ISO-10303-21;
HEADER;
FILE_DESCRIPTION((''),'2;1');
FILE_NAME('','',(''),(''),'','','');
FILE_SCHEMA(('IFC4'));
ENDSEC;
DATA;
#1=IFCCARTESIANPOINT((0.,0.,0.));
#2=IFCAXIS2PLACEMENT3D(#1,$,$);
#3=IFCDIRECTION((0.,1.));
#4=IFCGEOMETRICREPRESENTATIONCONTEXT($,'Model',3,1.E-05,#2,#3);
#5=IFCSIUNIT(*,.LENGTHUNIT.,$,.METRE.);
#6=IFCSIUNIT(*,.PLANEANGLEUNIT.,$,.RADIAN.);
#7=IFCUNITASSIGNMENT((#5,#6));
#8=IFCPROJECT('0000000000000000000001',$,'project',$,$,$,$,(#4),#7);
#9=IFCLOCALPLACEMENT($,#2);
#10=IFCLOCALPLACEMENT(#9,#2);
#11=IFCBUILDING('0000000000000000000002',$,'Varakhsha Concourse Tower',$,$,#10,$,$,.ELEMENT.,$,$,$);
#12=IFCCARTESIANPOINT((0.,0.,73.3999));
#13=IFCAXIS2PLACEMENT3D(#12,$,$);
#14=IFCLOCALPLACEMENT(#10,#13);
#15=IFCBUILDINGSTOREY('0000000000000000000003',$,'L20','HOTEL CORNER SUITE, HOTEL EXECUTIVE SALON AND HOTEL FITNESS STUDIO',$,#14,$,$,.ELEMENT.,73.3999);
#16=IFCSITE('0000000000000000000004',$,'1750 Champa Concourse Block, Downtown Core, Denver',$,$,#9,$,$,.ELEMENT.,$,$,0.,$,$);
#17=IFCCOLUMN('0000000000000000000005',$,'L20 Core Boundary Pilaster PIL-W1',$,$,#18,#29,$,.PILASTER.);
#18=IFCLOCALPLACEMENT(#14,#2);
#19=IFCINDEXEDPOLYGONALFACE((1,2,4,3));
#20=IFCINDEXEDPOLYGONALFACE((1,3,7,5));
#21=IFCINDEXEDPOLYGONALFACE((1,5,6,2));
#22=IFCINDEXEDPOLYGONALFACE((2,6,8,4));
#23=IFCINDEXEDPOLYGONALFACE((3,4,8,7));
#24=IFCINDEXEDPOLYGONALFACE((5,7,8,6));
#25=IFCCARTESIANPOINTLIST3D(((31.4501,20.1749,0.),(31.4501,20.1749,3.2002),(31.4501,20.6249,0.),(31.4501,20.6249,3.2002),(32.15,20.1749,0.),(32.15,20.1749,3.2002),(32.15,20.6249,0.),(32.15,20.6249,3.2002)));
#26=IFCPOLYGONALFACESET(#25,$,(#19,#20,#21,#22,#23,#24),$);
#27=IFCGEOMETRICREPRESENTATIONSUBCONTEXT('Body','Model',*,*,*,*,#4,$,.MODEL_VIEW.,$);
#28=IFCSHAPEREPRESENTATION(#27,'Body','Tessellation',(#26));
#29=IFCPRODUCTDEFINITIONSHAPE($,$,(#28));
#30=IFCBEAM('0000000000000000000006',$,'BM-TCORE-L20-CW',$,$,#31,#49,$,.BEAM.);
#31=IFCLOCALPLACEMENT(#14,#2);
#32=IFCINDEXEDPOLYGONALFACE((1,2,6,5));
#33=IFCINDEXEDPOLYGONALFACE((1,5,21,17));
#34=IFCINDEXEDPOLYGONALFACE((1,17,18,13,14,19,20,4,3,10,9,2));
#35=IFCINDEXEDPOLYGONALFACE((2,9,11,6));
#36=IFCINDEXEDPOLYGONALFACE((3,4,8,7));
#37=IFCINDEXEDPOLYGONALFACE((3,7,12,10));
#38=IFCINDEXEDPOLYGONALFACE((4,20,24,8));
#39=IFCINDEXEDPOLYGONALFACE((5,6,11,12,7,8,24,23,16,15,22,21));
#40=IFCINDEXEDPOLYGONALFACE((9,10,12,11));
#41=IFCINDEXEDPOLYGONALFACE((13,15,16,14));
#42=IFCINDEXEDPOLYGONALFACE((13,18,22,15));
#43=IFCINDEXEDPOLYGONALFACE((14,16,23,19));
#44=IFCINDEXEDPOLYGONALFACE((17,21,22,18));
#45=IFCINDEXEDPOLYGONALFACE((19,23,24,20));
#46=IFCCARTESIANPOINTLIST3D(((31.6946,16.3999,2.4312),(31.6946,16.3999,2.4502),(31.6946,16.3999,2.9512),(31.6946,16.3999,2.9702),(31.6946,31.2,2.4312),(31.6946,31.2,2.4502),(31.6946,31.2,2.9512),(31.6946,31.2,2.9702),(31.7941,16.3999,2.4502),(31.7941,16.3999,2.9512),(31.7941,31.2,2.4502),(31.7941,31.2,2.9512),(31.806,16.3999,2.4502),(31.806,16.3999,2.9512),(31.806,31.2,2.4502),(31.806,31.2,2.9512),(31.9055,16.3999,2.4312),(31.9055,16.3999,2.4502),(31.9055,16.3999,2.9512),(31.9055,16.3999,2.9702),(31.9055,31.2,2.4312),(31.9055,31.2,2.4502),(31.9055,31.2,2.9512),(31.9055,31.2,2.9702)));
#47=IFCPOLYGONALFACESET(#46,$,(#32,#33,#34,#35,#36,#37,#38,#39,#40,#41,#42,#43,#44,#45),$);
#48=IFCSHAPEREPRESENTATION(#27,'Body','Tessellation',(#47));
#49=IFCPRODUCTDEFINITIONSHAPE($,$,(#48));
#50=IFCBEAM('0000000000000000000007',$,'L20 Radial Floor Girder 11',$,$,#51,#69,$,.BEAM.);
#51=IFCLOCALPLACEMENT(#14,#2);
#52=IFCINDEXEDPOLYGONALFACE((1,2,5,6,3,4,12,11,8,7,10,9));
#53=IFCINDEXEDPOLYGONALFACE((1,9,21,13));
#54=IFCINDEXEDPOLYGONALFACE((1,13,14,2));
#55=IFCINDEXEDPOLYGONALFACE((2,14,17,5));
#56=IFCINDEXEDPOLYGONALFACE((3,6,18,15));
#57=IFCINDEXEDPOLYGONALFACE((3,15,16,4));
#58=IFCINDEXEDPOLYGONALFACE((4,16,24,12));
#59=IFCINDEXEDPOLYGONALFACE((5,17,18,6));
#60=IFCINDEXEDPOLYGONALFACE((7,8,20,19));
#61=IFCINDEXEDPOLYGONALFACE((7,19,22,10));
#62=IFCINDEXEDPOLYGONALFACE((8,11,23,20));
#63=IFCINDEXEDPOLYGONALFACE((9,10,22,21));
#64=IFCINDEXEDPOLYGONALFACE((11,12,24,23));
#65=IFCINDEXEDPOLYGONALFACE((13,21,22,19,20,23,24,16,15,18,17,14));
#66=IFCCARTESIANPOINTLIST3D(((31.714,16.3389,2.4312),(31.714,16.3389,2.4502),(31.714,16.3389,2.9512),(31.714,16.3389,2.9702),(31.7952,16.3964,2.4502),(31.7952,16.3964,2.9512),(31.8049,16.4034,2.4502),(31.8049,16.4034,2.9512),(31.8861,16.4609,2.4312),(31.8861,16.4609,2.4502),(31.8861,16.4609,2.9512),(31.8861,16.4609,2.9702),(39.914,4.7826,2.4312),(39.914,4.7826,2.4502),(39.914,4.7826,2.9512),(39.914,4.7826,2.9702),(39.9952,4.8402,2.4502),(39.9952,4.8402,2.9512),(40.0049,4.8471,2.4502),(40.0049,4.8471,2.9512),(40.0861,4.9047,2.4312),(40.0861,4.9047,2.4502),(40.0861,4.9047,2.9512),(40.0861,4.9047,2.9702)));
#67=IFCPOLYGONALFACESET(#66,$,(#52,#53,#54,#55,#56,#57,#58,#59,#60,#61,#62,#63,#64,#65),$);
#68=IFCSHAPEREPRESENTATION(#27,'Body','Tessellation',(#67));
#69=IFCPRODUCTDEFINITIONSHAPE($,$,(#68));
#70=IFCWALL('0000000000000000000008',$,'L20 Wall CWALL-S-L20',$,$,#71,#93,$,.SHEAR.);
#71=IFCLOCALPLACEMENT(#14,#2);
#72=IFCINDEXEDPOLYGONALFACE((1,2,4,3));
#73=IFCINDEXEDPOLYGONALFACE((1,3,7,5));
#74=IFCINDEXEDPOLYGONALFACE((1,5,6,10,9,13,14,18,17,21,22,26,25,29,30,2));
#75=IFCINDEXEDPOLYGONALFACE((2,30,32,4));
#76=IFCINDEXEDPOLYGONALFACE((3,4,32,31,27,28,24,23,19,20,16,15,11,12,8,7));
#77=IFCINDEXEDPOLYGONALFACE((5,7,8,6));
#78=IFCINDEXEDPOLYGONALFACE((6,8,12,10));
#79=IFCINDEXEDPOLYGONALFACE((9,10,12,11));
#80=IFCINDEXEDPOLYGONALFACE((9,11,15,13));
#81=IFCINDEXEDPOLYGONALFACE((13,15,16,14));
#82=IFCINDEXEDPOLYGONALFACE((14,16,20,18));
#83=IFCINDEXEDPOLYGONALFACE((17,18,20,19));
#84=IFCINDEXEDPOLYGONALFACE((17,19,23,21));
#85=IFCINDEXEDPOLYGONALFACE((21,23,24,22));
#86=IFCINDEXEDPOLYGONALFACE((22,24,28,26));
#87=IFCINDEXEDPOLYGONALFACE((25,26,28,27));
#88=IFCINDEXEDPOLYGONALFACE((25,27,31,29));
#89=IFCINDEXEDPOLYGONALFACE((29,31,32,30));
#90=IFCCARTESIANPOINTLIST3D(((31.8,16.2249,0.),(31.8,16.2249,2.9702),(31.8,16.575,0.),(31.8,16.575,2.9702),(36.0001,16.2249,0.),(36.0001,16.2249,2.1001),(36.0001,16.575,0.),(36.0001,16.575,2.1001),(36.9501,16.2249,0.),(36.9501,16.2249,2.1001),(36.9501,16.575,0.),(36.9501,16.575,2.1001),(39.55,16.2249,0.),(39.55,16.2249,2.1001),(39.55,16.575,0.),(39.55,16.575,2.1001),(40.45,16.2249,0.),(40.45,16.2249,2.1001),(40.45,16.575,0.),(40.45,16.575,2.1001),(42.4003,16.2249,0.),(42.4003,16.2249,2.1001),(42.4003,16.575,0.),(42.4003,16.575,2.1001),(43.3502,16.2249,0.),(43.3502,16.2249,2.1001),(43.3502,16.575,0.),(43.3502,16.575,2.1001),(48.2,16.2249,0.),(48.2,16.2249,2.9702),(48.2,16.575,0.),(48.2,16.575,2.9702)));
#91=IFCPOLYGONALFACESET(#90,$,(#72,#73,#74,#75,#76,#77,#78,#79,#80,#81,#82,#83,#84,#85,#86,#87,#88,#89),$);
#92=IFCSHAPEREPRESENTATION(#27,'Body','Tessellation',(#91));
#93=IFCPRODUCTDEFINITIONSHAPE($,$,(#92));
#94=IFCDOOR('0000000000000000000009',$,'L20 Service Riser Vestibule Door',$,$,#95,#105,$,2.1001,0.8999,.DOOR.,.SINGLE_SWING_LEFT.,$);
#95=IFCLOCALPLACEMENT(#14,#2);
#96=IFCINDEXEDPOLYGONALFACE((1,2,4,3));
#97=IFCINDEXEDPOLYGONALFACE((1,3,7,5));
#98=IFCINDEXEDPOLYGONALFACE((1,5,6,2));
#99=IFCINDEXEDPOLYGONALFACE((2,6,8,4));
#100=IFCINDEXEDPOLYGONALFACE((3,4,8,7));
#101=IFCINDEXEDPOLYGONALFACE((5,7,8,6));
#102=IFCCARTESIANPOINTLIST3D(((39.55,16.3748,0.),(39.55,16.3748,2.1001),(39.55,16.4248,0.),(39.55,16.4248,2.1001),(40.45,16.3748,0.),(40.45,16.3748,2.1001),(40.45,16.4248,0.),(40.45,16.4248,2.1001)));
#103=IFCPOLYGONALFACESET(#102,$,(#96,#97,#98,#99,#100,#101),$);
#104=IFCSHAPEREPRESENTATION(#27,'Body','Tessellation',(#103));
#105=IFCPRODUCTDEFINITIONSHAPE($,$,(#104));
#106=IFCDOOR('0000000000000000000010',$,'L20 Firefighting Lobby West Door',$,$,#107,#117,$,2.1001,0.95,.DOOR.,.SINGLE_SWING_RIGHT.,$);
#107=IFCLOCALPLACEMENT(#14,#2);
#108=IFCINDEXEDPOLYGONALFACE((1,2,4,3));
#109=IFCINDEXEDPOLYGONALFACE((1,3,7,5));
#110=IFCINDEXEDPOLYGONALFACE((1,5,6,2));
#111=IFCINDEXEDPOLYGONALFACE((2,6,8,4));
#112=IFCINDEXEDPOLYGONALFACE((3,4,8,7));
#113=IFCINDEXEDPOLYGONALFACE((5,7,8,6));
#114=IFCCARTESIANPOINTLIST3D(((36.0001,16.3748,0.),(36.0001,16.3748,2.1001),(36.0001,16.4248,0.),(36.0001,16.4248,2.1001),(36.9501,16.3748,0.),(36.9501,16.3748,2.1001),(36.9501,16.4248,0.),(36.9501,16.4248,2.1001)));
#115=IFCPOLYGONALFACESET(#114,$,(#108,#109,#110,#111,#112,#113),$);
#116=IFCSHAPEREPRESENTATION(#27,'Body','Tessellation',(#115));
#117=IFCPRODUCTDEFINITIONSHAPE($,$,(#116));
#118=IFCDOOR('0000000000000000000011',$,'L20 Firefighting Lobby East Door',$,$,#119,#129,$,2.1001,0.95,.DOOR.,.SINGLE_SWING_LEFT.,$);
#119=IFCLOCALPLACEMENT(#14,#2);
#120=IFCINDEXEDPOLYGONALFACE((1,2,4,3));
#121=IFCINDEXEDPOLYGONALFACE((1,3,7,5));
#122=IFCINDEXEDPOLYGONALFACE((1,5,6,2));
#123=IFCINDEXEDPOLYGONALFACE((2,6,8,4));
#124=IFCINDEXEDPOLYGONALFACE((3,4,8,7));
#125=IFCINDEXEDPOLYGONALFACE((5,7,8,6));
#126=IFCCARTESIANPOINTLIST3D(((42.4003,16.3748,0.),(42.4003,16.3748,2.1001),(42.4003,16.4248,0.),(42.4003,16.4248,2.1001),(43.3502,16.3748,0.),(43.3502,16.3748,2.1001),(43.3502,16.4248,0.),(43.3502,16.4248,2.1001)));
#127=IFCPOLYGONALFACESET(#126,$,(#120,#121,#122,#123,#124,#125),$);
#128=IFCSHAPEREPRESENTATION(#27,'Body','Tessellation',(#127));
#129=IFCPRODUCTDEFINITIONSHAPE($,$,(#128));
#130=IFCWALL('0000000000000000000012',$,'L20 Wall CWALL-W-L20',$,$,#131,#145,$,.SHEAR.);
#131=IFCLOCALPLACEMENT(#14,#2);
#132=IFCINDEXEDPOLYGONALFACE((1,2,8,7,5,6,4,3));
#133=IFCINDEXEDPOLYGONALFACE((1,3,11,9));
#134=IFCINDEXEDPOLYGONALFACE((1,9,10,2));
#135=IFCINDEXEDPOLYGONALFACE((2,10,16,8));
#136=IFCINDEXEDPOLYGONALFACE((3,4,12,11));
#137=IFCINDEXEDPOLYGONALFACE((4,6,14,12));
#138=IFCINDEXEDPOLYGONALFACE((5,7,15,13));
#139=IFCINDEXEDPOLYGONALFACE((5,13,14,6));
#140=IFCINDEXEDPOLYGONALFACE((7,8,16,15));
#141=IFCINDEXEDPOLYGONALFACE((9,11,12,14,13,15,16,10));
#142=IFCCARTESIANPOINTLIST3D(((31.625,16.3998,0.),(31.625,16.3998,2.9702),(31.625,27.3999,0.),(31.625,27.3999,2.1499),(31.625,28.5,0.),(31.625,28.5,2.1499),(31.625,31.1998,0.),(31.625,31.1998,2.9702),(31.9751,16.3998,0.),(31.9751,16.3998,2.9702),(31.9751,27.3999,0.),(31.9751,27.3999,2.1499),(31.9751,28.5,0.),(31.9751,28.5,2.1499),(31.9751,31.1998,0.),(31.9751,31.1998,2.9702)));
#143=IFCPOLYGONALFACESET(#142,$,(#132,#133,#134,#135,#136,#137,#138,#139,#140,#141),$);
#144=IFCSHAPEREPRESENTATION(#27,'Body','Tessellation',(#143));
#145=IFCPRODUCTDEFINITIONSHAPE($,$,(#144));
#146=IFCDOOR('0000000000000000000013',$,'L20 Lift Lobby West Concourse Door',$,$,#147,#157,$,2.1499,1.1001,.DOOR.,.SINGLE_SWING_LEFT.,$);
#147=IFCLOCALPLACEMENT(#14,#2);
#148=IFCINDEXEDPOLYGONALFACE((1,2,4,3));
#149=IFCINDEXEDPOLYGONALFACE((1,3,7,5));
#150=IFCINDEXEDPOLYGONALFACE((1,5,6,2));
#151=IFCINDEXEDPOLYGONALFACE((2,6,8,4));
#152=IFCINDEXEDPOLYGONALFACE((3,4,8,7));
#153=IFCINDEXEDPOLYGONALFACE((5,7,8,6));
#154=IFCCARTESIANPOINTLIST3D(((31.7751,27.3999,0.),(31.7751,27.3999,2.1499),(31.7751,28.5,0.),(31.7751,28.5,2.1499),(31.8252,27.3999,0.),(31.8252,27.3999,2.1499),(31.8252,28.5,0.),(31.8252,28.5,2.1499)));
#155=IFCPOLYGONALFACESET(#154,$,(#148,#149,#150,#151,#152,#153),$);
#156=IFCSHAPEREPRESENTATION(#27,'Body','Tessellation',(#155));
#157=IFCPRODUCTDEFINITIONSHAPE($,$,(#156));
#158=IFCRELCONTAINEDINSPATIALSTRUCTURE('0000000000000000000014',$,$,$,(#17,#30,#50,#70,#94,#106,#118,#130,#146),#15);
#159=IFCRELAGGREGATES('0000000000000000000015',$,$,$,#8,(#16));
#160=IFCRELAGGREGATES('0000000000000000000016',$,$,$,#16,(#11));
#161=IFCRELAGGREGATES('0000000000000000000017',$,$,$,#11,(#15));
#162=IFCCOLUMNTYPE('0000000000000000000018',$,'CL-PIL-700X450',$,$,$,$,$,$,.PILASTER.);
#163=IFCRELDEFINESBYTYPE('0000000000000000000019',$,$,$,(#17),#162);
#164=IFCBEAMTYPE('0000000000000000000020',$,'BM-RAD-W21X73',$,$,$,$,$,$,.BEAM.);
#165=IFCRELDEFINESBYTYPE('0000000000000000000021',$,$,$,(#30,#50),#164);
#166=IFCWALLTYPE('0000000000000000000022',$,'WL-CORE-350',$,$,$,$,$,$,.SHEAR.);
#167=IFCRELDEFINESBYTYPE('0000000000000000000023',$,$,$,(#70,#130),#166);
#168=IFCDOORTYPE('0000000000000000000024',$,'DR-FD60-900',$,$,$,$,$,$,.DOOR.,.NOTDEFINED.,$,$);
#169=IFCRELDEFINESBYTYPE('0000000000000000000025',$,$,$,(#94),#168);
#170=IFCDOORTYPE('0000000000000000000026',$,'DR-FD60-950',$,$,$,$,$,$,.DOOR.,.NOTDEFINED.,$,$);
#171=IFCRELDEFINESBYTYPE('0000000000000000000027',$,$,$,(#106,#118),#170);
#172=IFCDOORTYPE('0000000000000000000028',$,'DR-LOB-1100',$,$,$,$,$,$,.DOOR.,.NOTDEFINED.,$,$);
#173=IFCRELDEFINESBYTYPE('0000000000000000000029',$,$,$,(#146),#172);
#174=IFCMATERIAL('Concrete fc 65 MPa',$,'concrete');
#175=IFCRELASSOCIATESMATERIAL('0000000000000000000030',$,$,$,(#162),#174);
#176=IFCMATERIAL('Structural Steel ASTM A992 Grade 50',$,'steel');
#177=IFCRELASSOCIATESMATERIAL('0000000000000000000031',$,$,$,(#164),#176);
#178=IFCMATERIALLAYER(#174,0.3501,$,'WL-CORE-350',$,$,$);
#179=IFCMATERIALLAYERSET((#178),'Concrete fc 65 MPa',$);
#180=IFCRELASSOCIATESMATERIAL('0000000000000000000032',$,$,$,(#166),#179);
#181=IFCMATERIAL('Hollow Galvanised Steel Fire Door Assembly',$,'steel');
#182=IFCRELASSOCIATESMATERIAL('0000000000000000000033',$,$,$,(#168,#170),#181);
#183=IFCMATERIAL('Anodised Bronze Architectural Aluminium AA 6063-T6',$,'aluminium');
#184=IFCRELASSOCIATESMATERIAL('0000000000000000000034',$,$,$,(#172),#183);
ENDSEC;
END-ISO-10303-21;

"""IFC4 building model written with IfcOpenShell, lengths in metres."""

from ifc_helpers import new_model, si_unit, direction, frame, frame_2d, origin, origin_2d, place, context, subcontext, project, spatial, rectangle, i_section, extrude, material, layer, layer_set, material_profile, profile_set, type_object, element, fill, save


model = new_model("IFC4")

# Units and contexts
model_context = context("Model", 3, precision=1e-05, world=origin(), true_north=direction((0.0, 1.0)))
body_context = subcontext(model_context, "Body", "Model", "MODEL_VIEW")
ifc_project = project(units=[si_unit("LENGTHUNIT", "METRE"), si_unit("PLANEANGLEUNIT", "RADIAN")], contexts=[model_context])

# Site, building, storey
site_placement = place(None, origin())
site = spatial("IfcSite", under=ifc_project, at=site_placement, Name="1750 Champa Concourse Block, Downtown Core, Denver", CompositionType="ELEMENT", RefElevation=0.0)
building_placement = place(site_placement, origin())
building = spatial("IfcBuilding", under=site, at=building_placement, Name="Varakhsha Concourse Tower", CompositionType="ELEMENT")
storey_placement = place(building_placement, frame((0.0, 0.0, 73.3999)))
storey = spatial("IfcBuildingStorey", under=building, at=storey_placement, Name="L20", Description="HOTEL CORNER SUITE, HOTEL EXECUTIVE SALON AND HOTEL FITNESS STUDIO", CompositionType="ELEMENT", Elevation=73.3999)

# Column
ifc_material_1 = material(Name="Concrete fc 65 MPa", Category="concrete")
ifc_material_profile_1 = material_profile(ifc_material_1, rectangle(XDim=0.7, YDim=0.45, at=origin_2d()), Name="RC 700x450")
ifc_profile_set_1 = profile_set([ifc_material_profile_1], Name="Concrete fc 65 MPa")
column_type = type_object("IfcColumnType", Name="CL-PIL-700X450", PredefinedType="PILASTER", material=ifc_profile_set_1)
column_placement = place(storey_placement, frame((31.8, 20.3999, 0.0), z_axis=(0.0, 0.0, 1.0), x_axis=(1.0, 0.0, 0.0)))
element("IfcColumn", 1, at=column_placement, inside=storey, type_object=column_type, Name="L20 Core Boundary Pilaster PIL-W1", PredefinedType="PILASTER", context=body_context, shape_type="SweptSolid", body=[
    extrude(rectangle(XDim=0.7, YDim=0.45, at=origin_2d()), origin(), (0.0, 0.0, 1.0), 3.2002),
])

# Beams
ifc_material_2 = material(Name="Structural Steel ASTM A992 Grade 50", Category="steel")
ifc_material_profile_2 = material_profile(ifc_material_2, i_section(OverallWidth=0.2109, OverallDepth=0.5391, WebThickness=0.012, FlangeThickness=0.019, at=origin_2d()), Name="W21X73")
ifc_profile_set_2 = profile_set([ifc_material_profile_2], Name="Structural Steel ASTM A992 Grade 50")
beam_type = type_object("IfcBeamType", Name="BM-RAD-W21X73", PredefinedType="BEAM", material=ifc_profile_set_2)
beam_1_placement = place(storey_placement, frame((31.8, 16.3999, 2.7007), z_axis=(0.0, 1.0, 0.0), x_axis=(-1.0, 0.0, 0.0)))
element("IfcBeam", 2, at=beam_1_placement, inside=storey, type_object=beam_type, Name="BM-TCORE-L20-CW", PredefinedType="BEAM", context=body_context, shape_type="SweptSolid", body=[
    extrude(i_section(OverallWidth=0.2109, OverallDepth=0.5391, WebThickness=0.012, FlangeThickness=0.019, at=origin_2d()), origin(), (0.0, 0.0, 1.0), 14.8),
])
beam_2_placement = place(storey_placement, frame((31.8, 16.3999, 2.7007), z_axis=(0.578691, -0.815547, 0.0), x_axis=(0.815547, 0.578691, 0.0)))
element("IfcBeam", 3, at=beam_2_placement, inside=storey, type_object=beam_type, Name="L20 Radial Floor Girder 11", PredefinedType="BEAM", context=body_context, shape_type="SweptSolid", body=[
    extrude(i_section(OverallWidth=0.2109, OverallDepth=0.5391, WebThickness=0.012, FlangeThickness=0.019, at=origin_2d()), origin(), (0.0, 0.0, 1.0), 14.1699),
])

# Wall, openings, doors
ifc_layer_1 = layer(ifc_material_1, 0.3501, Name="WL-CORE-350")
ifc_layer_set_1 = layer_set([ifc_layer_1], Name="Concrete fc 65 MPa")
wall_type_1 = type_object("IfcWallType", Name="WL-CORE-350", PredefinedType="SHEAR", material=ifc_layer_set_1)
wall_1_placement = place(storey_placement, frame((31.8, 16.3999, 0.0), z_axis=(0.0, 0.0, 1.0), x_axis=(1.0, 0.0, 0.0)))
wall_1 = element("IfcWall", 4, at=wall_1_placement, inside=storey, type_object=wall_type_1, Name="L20 Wall CWALL-S-L20", PredefinedType="SHEAR", context=body_context, shape_type="SweptSolid", body=[
    extrude(rectangle(XDim=16.3999, YDim=0.3501, at=frame_2d((8.2, 0.0))), origin(), (0.0, 0.0, 1.0), 2.9702),
])
opening_1_placement = place(wall_1_placement, frame((7.75, 0.0, 0.0)))
opening_1 = element("IfcOpeningElement", 5, at=opening_1_placement, cuts=wall_1, PredefinedType="OPENING", context=body_context, shape_type="SweptSolid", body=[
    extrude(rectangle(XDim=0.8999, YDim=2.1001, at=frame_2d((0.45, 1.05))), frame((0.0, 0.1851, 0.0), z_axis=(0.0, -1.0, 0.0), x_axis=(1.0, 0.0, 0.0)), (0.0, 0.0, 1.0), 0.3701),
])
opening_2_placement = place(wall_1_placement, frame((4.2, 0.0, 0.0)))
opening_2 = element("IfcOpeningElement", 6, at=opening_2_placement, cuts=wall_1, PredefinedType="OPENING", context=body_context, shape_type="SweptSolid", body=[
    extrude(rectangle(XDim=0.95, YDim=2.1001, at=frame_2d((0.4751, 1.05))), frame((0.0, 0.1851, 0.0), z_axis=(0.0, -1.0, 0.0), x_axis=(1.0, 0.0, 0.0)), (0.0, 0.0, 1.0), 0.3701),
])
opening_3_placement = place(wall_1_placement, frame((10.6001, 0.0, 0.0)))
opening_3 = element("IfcOpeningElement", 7, at=opening_3_placement, cuts=wall_1, PredefinedType="OPENING", context=body_context, shape_type="SweptSolid", body=[
    extrude(rectangle(XDim=0.95, YDim=2.1001, at=frame_2d((0.4751, 1.05))), frame((0.0, 0.1851, 0.0), z_axis=(0.0, -1.0, 0.0), x_axis=(1.0, 0.0, 0.0)), (0.0, 0.0, 1.0), 0.3701),
])
ifc_material_3 = material(Name="Hollow Galvanised Steel Fire Door Assembly", Category="steel")
door_type_1 = type_object("IfcDoorType", Name="DR-FD60-900", OperationType="NOTDEFINED", PredefinedType="DOOR", material=ifc_material_3)
door_1_placement = place(opening_1_placement, origin())
door_1 = element("IfcDoor", 8, at=door_1_placement, inside=storey, type_object=door_type_1, Name="L20 Service Riser Vestibule Door", OperationType="SINGLE_SWING_LEFT", OverallHeight=2.1001, OverallWidth=0.8999, PredefinedType="DOOR", context=body_context, shape_type="SweptSolid", body=[
    extrude(rectangle(XDim=0.8999, YDim=2.1001, at=frame_2d((0.45, 1.05))), frame((0.0, 0.0249, 0.0), z_axis=(0.0, -1.0, 0.0), x_axis=(1.0, 0.0, 0.0)), (0.0, 0.0, 1.0), 0.05),
])
fill(opening_1, door_1)
door_type_2 = type_object("IfcDoorType", Name="DR-FD60-950", OperationType="NOTDEFINED", PredefinedType="DOOR", material=ifc_material_3)
door_2_placement = place(opening_2_placement, origin())
door_2 = element("IfcDoor", 9, at=door_2_placement, inside=storey, type_object=door_type_2, Name="L20 Firefighting Lobby West Door", OperationType="SINGLE_SWING_RIGHT", OverallHeight=2.1001, OverallWidth=0.95, PredefinedType="DOOR", context=body_context, shape_type="SweptSolid", body=[
    extrude(rectangle(XDim=0.95, YDim=2.1001, at=frame_2d((0.4751, 1.05))), frame((0.0, 0.0249, 0.0), z_axis=(0.0, -1.0, 0.0), x_axis=(1.0, 0.0, 0.0)), (0.0, 0.0, 1.0), 0.05),
])
fill(opening_2, door_2)
door_3_placement = place(opening_3_placement, origin())
door_3 = element("IfcDoor", 10, at=door_3_placement, inside=storey, type_object=door_type_2, Name="L20 Firefighting Lobby East Door", OperationType="SINGLE_SWING_LEFT", OverallHeight=2.1001, OverallWidth=0.95, PredefinedType="DOOR", context=body_context, shape_type="SweptSolid", body=[
    extrude(rectangle(XDim=0.95, YDim=2.1001, at=frame_2d((0.4751, 1.05))), frame((0.0, 0.0249, 0.0), z_axis=(0.0, -1.0, 0.0), x_axis=(1.0, 0.0, 0.0)), (0.0, 0.0, 1.0), 0.05),
])
fill(opening_3, door_3)

# Wall, opening, door
wall_2_placement = place(storey_placement, frame((31.8, 16.3999, 0.0), z_axis=(0.0, 0.0, 1.0), x_axis=(0.0, 1.0, 0.0)))
wall_2 = element("IfcWall", 11, at=wall_2_placement, inside=storey, type_object=wall_type_1, Name="L20 Wall CWALL-W-L20", PredefinedType="SHEAR", context=body_context, shape_type="SweptSolid", body=[
    extrude(rectangle(XDim=14.8, YDim=0.3501, at=frame_2d((7.3999, 0.0))), origin(), (0.0, 0.0, 1.0), 2.9702),
])
opening_4_placement = place(wall_2_placement, frame((11.0, 0.0, 0.0)))
opening_4 = element("IfcOpeningElement", 12, at=opening_4_placement, cuts=wall_2, PredefinedType="OPENING", context=body_context, shape_type="SweptSolid", body=[
    extrude(rectangle(XDim=1.1001, YDim=2.1499, at=frame_2d((0.55, 1.075))), frame((0.0, 0.1851, 0.0), z_axis=(0.0, -1.0, 0.0), x_axis=(1.0, 0.0, 0.0)), (0.0, 0.0, 1.0), 0.3701),
])
ifc_material_4 = material(Name="Anodised Bronze Architectural Aluminium AA 6063-T6", Category="aluminium")
door_type_3 = type_object("IfcDoorType", Name="DR-LOB-1100", OperationType="NOTDEFINED", PredefinedType="DOOR", material=ifc_material_4)
door_4_placement = place(opening_4_placement, origin())
door_4 = element("IfcDoor", 13, at=door_4_placement, inside=storey, type_object=door_type_3, Name="L20 Lift Lobby West Concourse Door", OperationType="SINGLE_SWING_LEFT", OverallHeight=2.1499, OverallWidth=1.1001, PredefinedType="DOOR", context=body_context, shape_type="SweptSolid", body=[
    extrude(rectangle(XDim=1.1001, YDim=2.1499, at=frame_2d((0.55, 1.075))), frame((0.0, 0.0249, 0.0), z_axis=(0.0, -1.0, 0.0), x_axis=(1.0, 0.0, 0.0)), (0.0, 0.0, 1.0), 0.05),
])
fill(opening_4, door_4)

save(model, "model.ifc")
